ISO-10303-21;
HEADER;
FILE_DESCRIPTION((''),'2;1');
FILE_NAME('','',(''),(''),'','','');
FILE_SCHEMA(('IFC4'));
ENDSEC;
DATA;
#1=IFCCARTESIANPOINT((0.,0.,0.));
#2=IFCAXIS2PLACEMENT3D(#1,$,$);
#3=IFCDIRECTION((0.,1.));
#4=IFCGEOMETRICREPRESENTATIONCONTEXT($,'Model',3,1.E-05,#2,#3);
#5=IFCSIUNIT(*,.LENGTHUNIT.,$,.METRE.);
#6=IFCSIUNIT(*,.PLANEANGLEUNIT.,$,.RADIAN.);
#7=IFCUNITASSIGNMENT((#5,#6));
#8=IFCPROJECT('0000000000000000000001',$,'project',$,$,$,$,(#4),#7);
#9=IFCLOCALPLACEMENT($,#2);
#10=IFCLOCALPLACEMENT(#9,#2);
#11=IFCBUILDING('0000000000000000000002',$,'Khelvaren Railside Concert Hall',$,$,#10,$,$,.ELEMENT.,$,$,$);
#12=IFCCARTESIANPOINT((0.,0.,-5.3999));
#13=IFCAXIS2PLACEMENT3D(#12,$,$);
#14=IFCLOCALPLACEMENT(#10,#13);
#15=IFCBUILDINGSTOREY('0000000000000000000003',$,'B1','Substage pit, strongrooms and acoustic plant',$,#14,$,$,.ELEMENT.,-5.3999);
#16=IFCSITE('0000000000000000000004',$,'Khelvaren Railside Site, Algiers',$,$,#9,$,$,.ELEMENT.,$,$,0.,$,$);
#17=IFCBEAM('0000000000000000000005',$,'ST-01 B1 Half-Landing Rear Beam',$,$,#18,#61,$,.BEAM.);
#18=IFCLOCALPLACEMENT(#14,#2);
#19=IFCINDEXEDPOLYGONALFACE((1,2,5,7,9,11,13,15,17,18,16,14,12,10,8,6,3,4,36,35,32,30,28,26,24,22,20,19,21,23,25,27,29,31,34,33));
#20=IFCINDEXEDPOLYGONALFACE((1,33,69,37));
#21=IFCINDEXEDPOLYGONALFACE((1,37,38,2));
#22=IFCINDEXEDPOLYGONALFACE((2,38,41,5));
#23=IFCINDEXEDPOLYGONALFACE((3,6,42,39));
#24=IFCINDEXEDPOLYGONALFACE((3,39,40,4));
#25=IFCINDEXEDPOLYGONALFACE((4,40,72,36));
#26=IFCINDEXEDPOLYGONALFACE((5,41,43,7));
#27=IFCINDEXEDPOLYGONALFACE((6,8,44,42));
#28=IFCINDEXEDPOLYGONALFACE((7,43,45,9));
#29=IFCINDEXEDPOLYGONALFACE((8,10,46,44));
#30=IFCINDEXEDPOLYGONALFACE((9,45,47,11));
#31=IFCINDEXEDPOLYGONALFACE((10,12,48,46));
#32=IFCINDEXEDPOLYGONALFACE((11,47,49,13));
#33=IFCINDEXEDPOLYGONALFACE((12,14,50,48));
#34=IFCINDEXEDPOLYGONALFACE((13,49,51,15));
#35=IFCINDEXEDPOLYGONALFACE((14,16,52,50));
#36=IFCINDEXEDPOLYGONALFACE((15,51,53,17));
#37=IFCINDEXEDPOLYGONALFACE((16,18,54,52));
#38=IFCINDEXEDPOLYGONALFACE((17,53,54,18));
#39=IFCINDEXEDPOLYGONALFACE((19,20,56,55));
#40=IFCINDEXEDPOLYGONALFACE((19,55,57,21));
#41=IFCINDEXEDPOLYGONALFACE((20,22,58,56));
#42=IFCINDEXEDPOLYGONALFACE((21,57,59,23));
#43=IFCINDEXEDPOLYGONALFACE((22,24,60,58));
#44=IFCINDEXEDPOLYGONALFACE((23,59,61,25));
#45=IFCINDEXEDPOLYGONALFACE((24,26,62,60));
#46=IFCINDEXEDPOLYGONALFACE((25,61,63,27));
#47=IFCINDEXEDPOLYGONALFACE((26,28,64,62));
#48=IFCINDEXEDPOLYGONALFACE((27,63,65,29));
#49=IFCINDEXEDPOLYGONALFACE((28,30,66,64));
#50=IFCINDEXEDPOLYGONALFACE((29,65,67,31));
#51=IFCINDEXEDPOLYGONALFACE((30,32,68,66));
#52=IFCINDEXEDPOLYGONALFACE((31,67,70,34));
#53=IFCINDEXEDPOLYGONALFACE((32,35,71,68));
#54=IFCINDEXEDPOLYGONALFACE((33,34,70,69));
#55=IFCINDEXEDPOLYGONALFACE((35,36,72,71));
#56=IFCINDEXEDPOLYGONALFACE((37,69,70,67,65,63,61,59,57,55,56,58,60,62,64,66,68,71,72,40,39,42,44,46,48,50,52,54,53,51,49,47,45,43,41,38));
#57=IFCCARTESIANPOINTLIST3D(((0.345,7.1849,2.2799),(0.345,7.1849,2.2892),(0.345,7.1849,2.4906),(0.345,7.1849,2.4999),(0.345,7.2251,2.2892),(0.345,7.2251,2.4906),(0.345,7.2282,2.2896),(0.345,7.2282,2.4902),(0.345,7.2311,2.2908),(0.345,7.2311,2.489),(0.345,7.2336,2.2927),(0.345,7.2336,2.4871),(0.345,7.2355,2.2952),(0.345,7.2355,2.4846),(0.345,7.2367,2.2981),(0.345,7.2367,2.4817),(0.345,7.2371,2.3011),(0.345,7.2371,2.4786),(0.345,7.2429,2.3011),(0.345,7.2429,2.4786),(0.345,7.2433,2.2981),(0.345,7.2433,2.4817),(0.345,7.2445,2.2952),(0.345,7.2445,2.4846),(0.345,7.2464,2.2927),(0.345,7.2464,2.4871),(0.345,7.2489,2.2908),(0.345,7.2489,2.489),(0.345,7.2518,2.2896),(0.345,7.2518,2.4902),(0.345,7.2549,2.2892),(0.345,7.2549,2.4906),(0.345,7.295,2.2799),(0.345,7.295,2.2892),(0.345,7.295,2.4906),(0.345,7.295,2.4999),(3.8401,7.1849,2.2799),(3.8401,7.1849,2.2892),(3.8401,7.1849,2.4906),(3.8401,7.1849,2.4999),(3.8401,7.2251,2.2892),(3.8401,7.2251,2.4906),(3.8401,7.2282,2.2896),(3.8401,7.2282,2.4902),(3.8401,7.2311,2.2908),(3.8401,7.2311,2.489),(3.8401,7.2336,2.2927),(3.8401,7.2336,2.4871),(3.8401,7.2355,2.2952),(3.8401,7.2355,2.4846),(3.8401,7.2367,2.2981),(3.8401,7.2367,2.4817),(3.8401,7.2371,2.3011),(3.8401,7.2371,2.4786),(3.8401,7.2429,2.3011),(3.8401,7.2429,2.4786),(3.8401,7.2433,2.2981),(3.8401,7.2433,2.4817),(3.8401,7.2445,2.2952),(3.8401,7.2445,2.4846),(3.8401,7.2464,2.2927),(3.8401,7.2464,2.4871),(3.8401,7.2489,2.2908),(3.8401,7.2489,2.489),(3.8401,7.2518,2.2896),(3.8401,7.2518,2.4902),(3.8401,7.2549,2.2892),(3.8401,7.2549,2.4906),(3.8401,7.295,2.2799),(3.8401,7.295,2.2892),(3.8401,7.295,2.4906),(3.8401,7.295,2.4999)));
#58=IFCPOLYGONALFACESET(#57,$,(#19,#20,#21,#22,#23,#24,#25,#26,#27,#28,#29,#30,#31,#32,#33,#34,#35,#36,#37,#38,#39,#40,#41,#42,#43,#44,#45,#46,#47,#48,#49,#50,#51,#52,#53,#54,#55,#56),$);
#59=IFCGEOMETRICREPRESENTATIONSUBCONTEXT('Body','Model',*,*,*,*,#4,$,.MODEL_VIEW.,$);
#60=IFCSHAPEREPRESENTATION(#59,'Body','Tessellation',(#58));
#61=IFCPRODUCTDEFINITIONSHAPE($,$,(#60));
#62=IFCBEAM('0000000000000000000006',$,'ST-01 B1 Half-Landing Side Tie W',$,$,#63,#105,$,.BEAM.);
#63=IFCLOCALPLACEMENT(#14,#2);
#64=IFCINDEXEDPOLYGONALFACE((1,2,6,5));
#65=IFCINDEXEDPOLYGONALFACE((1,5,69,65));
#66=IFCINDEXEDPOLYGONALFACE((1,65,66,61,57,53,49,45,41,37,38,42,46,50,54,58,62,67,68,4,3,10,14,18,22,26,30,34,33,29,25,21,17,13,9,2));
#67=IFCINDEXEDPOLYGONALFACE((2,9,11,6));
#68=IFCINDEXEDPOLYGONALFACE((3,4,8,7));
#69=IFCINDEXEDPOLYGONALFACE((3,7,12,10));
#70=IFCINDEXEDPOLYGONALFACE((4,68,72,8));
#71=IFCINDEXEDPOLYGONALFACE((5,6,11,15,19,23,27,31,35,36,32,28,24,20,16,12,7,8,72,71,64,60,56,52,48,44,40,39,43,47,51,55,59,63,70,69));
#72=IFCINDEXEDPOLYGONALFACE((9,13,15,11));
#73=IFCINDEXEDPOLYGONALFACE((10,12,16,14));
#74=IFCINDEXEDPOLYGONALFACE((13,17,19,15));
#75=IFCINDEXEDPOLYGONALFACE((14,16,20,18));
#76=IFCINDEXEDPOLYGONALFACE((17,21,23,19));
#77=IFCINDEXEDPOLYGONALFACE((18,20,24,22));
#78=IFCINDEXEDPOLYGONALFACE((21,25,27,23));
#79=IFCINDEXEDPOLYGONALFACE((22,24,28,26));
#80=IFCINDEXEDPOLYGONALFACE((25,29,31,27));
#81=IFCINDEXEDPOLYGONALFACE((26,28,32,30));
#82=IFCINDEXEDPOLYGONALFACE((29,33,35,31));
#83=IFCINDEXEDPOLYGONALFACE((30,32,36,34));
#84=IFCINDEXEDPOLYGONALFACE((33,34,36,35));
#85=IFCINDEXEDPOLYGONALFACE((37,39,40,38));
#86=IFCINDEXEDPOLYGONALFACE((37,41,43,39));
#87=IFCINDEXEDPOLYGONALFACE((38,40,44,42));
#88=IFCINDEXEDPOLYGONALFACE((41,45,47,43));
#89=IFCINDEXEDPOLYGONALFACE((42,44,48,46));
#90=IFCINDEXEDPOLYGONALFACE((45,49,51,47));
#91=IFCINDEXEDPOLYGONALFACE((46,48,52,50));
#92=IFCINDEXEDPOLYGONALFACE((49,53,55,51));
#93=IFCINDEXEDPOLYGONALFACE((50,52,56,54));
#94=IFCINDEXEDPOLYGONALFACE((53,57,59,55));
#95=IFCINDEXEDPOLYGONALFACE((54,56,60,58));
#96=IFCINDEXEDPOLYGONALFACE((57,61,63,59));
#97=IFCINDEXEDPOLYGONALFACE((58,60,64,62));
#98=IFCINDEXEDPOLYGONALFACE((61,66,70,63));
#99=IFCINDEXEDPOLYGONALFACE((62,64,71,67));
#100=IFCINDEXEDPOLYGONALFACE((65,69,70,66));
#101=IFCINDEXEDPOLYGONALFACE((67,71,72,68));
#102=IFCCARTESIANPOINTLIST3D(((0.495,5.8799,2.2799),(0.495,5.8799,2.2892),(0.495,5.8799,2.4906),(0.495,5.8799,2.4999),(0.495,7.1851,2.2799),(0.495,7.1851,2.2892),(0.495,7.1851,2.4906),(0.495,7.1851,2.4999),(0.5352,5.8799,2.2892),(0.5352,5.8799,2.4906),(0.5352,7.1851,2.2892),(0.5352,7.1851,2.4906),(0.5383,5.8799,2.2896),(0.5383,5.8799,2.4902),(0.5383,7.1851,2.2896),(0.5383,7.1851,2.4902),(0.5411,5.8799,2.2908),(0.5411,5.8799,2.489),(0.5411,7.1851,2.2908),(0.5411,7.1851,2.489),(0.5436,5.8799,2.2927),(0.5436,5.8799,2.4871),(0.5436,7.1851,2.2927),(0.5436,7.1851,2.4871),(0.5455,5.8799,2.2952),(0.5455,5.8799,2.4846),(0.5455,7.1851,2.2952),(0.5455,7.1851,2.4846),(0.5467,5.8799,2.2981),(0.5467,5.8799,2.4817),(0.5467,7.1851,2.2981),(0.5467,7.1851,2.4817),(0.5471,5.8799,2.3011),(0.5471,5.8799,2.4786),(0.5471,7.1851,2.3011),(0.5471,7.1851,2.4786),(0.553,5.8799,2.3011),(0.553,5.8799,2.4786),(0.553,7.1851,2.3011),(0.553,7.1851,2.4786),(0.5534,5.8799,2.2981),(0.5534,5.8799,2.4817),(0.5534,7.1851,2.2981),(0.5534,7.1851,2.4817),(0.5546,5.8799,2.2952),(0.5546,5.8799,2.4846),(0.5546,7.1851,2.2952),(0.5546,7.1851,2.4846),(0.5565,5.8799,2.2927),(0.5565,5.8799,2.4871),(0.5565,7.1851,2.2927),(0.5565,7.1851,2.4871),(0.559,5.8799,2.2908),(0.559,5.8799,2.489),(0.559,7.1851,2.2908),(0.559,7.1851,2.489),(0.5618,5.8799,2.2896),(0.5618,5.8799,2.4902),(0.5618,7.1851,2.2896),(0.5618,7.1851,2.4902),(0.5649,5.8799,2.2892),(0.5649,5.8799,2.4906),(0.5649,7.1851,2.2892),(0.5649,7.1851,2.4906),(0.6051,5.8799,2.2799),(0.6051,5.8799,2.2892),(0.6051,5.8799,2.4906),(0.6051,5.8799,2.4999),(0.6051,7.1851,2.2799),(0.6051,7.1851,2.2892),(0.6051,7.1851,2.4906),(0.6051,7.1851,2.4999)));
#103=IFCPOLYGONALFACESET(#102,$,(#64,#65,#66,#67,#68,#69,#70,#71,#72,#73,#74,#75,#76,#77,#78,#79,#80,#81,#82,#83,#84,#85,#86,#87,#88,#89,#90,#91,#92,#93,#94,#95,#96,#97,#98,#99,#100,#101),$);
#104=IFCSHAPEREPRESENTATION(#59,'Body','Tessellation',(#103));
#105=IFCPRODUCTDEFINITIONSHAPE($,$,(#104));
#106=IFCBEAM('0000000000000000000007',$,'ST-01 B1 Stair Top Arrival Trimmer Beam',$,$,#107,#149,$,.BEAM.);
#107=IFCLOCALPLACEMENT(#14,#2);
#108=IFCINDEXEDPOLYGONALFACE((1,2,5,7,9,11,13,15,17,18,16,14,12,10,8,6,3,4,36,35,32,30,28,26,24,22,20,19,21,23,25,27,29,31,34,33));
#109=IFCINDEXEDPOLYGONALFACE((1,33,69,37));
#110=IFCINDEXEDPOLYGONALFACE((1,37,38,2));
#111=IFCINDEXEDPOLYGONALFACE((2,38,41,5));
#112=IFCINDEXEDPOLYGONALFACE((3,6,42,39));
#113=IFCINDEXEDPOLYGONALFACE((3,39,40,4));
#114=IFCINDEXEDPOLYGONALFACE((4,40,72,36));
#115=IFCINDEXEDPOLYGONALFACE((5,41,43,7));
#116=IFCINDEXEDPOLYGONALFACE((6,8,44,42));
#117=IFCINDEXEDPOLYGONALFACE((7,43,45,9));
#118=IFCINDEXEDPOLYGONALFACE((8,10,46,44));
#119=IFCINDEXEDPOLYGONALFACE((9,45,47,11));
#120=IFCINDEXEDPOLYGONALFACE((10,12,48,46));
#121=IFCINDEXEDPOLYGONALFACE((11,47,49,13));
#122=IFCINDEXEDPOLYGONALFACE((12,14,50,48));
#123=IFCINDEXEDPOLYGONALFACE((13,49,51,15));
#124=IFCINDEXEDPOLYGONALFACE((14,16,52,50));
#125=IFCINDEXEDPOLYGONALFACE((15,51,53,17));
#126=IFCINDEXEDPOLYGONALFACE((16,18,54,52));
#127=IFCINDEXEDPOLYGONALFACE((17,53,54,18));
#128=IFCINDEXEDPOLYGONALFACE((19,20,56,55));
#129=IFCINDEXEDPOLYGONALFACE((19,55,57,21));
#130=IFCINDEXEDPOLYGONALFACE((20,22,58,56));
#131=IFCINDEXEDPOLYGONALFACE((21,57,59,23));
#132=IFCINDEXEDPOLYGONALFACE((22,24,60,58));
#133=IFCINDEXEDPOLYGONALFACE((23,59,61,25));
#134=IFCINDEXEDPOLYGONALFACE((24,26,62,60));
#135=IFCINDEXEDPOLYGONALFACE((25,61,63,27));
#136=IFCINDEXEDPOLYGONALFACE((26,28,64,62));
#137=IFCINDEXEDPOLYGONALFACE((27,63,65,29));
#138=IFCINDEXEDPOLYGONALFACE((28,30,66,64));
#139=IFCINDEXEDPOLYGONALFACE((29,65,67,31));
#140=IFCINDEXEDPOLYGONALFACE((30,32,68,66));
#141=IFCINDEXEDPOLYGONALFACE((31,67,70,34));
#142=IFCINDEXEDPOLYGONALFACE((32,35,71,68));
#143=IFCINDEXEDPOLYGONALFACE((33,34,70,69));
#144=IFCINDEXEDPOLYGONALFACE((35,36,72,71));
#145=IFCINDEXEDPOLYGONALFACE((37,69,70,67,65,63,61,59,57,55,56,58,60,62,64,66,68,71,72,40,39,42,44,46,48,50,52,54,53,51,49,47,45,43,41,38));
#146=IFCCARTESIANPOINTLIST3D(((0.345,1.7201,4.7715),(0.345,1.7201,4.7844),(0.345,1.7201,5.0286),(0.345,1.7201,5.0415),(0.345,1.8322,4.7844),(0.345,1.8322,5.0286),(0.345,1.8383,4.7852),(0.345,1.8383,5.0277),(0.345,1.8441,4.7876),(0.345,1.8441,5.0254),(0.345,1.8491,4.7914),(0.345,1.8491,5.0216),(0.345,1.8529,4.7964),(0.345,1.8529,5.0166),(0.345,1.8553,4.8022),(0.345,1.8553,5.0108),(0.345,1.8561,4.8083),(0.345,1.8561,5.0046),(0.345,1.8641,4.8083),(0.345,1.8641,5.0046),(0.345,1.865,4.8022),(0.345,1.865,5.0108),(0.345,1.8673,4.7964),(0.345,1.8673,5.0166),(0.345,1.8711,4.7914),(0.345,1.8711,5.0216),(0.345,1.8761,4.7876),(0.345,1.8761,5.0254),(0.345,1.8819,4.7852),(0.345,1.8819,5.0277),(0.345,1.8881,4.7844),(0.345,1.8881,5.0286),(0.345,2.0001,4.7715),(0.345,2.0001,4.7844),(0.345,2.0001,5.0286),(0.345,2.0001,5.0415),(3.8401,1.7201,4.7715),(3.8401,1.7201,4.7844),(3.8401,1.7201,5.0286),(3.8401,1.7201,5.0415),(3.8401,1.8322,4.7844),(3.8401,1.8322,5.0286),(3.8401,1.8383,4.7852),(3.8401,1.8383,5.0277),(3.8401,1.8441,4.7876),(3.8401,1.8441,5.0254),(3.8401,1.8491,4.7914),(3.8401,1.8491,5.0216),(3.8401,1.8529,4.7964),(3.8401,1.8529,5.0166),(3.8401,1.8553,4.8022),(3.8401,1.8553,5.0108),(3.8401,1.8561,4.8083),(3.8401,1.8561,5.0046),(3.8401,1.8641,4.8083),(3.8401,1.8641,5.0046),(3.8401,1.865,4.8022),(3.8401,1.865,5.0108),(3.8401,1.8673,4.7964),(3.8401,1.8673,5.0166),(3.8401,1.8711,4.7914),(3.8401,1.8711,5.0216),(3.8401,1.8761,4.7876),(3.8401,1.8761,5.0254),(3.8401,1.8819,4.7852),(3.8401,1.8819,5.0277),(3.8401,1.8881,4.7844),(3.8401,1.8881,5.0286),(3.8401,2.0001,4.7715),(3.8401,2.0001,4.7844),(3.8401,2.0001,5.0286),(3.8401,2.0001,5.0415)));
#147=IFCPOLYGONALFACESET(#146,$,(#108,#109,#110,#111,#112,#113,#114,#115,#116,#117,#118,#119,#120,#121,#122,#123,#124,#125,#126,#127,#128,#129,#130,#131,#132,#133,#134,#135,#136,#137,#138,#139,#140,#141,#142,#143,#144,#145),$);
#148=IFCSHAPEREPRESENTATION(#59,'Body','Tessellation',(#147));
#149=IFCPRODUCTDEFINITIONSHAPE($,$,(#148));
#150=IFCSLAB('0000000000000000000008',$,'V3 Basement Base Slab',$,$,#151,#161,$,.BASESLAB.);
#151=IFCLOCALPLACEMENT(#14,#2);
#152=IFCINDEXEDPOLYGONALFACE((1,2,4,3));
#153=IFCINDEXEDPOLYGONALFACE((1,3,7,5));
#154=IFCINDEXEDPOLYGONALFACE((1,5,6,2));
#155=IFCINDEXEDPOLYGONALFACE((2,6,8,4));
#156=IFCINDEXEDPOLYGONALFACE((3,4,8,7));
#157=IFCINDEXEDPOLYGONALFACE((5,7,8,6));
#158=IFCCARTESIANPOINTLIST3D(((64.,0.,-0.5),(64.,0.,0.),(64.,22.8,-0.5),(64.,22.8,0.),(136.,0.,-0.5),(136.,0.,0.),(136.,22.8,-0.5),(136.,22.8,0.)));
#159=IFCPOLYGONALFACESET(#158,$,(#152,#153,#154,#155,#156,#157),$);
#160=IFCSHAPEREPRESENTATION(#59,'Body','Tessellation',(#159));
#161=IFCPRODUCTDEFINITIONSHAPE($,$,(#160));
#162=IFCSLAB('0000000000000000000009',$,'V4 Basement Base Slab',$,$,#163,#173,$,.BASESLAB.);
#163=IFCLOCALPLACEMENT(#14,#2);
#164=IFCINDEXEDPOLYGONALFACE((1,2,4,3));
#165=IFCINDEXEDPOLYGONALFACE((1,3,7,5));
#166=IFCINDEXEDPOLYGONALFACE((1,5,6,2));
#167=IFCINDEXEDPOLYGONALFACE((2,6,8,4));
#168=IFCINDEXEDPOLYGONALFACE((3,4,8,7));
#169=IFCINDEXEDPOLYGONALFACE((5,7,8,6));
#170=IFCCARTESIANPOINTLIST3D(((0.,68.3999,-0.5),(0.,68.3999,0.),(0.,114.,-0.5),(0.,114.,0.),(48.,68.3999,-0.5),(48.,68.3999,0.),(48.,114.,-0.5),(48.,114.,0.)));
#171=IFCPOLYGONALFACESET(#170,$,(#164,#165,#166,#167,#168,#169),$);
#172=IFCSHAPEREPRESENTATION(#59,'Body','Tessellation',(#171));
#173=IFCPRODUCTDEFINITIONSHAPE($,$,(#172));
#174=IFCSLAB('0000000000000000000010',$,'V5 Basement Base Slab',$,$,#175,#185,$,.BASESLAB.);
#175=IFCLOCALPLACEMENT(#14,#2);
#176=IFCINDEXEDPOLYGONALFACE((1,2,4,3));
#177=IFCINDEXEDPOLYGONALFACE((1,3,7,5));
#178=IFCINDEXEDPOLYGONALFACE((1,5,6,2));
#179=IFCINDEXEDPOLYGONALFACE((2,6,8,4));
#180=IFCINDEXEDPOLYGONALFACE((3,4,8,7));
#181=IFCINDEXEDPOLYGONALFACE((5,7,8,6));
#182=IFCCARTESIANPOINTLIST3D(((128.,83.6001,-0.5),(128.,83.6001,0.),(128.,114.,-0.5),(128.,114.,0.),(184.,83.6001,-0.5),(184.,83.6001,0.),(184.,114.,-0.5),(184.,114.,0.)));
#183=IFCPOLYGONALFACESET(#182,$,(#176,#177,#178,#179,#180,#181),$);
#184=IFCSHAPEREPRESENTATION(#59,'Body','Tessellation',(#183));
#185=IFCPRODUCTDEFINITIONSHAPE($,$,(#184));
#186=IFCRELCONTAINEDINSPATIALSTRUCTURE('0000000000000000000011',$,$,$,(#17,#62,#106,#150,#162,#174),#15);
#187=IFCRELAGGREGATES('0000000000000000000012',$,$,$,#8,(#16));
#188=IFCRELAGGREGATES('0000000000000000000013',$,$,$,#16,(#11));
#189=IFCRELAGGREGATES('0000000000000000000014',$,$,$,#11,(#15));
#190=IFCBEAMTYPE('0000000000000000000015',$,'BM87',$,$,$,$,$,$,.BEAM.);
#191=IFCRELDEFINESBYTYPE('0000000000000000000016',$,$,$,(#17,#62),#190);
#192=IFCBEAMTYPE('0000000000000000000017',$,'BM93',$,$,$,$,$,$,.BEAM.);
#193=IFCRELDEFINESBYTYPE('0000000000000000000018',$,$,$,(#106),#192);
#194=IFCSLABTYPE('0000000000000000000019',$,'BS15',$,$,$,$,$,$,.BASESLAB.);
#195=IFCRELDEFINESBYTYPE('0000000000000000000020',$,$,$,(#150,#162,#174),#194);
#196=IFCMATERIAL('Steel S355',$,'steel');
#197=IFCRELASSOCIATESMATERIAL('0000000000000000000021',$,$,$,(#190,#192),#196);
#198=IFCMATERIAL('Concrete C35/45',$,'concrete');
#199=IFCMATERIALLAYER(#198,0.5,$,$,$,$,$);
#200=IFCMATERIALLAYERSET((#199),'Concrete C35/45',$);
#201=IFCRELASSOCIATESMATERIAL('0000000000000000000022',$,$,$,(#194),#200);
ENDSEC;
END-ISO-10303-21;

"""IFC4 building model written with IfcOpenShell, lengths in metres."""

from ifc_helpers import new_model, si_unit, direction, frame, origin, origin_2d, place, context, subcontext, project, spatial, polyline, i_section, outline, extrude, material, layer, layer_set, material_profile, profile_set, type_object, element, save


model = new_model("IFC4")

# Units and contexts
model_context = context("Model", 3, precision=1e-05, world=origin(), true_north=direction((0.0, 1.0)))
body_context = subcontext(model_context, "Body", "Model", "MODEL_VIEW")
ifc_project = project(units=[si_unit("LENGTHUNIT", "METRE"), si_unit("PLANEANGLEUNIT", "RADIAN")], contexts=[model_context])

# Site, building, storey
site_placement = place(None, origin())
site = spatial("IfcSite", under=ifc_project, at=site_placement, Name="Khelvaren Railside Site, Algiers", CompositionType="ELEMENT", RefElevation=0.0)
building_placement = place(site_placement, origin())
building = spatial("IfcBuilding", under=site, at=building_placement, Name="Khelvaren Railside Concert Hall", CompositionType="ELEMENT")
storey_placement = place(building_placement, frame((0.0, 0.0, -5.3999)))
storey = spatial("IfcBuildingStorey", under=building, at=storey_placement, Name="B1", Description="Substage pit, strongrooms and acoustic plant", CompositionType="ELEMENT", Elevation=-5.3999)

# Shared definitions
ifc_material_1 = material(Name="Concrete C35/45", Category="concrete")

# Beams
ifc_material_2 = material(Name="Steel S355", Category="steel")
ifc_material_profile_1 = material_profile(ifc_material_2, i_section(OverallWidth=0.1101, OverallDepth=0.22, WebThickness=0.0059, FlangeThickness=0.0093, FilletRadius=0.012, at=origin_2d()), Name="IPE 220")
ifc_profile_set_1 = profile_set([ifc_material_profile_1], Name="Steel S355")
beam_type_1 = type_object("IfcBeamType", Name="BM87", PredefinedType="BEAM", material=ifc_profile_set_1)
for number, where, z_axis, x_axis, name in (
    (1, (0.345, 7.24, 2.3899), (1.0, 0.0, 0.0), (0.0, 1.0, 0.0), "ST-01 B1 Half-Landing Rear Beam"),
):
    element("IfcBeam", number, at=place(storey_placement, frame(where, z_axis=z_axis, x_axis=x_axis)), inside=storey, type_object=beam_type_1, Name=name, PredefinedType="BEAM", context=body_context, shape_type="SweptSolid", body=[
        extrude(i_section(OverallWidth=0.1101, OverallDepth=0.22, WebThickness=0.0059, FlangeThickness=0.0093, FilletRadius=0.012, at=origin_2d()), origin(), (0.0, 0.0, 1.0), 3.4951),
    ])
beam_1_placement = place(storey_placement, frame((0.55, 5.8799, 2.3899), z_axis=(0.0, 1.0, 0.0), x_axis=(-1.0, 0.0, 0.0)))
element("IfcBeam", 2, at=beam_1_placement, inside=storey, type_object=beam_type_1, Name="ST-01 B1 Half-Landing Side Tie W", PredefinedType="BEAM", context=body_context, shape_type="SweptSolid", body=[
    extrude(i_section(OverallWidth=0.1101, OverallDepth=0.22, WebThickness=0.0059, FlangeThickness=0.0093, FilletRadius=0.012, at=origin_2d()), origin(), (0.0, 0.0, 1.0), 1.3052),
])
ifc_material_profile_2 = material_profile(ifc_material_2, i_section(OverallWidth=0.28, OverallDepth=0.27, WebThickness=0.0081, FlangeThickness=0.0129, FilletRadius=0.0239, at=origin_2d()), Name="HEA 280")
ifc_profile_set_2 = profile_set([ifc_material_profile_2], Name="Steel S355")
beam_type_2 = type_object("IfcBeamType", Name="BM93", PredefinedType="BEAM", material=ifc_profile_set_2)
beam_2_placement = place(storey_placement, frame((0.345, 1.8601, 4.9065), z_axis=(1.0, 0.0, 0.0), x_axis=(0.0, 1.0, 0.0)))
element("IfcBeam", 3, at=beam_2_placement, inside=storey, type_object=beam_type_2, Name="ST-01 B1 Stair Top Arrival Trimmer Beam", PredefinedType="BEAM", context=body_context, shape_type="SweptSolid", body=[
    extrude(i_section(OverallWidth=0.28, OverallDepth=0.27, WebThickness=0.0081, FlangeThickness=0.0129, FilletRadius=0.0239, at=origin_2d()), origin(), (0.0, 0.0, 1.0), 3.4951),
])

# Slabs
ifc_layer_1 = layer(ifc_material_1, 0.5)
ifc_layer_set_1 = layer_set([ifc_layer_1], Name="Concrete C35/45")
slab_type_1 = type_object("IfcSlabType", Name="BS15", PredefinedType="BASESLAB", material=ifc_layer_set_1)
slab_1_placement = place(storey_placement, frame((0.0, 0.0, -0.5)))
element("IfcSlab", 4, at=slab_1_placement, inside=storey, type_object=slab_type_1, Name="V3 Basement Base Slab", PredefinedType="BASESLAB", context=body_context, shape_type="SweptSolid", body=[
    extrude(outline(polyline([(64.0, 0.0), (136.0, 0.0), (136.0, 22.8), (64.0, 22.8), (64.0, 0.0)])), origin(), (0.0, 0.0, 1.0), 0.5),
])
slab_2_placement = place(storey_placement, frame((0.0, 0.0, -0.5)))
element("IfcSlab", 5, at=slab_2_placement, inside=storey, type_object=slab_type_1, Name="V4 Basement Base Slab", PredefinedType="BASESLAB", context=body_context, shape_type="SweptSolid", body=[
    extrude(outline(polyline([(0.0, 68.3999), (48.0, 68.3999), (48.0, 114.0), (0.0, 114.0), (0.0, 68.3999)])), origin(), (0.0, 0.0, 1.0), 0.5),
])
slab_3_placement = place(storey_placement, frame((0.0, 0.0, -0.5)))
element("IfcSlab", 6, at=slab_3_placement, inside=storey, type_object=slab_type_1, Name="V5 Basement Base Slab", PredefinedType="BASESLAB", context=body_context, shape_type="SweptSolid", body=[
    extrude(outline(polyline([(128.0, 83.6001), (184.0, 83.6001), (184.0, 114.0), (128.0, 114.0), (128.0, 83.6001)])), origin(), (0.0, 0.0, 1.0), 0.5),
])

save(model, "model.ifc")
